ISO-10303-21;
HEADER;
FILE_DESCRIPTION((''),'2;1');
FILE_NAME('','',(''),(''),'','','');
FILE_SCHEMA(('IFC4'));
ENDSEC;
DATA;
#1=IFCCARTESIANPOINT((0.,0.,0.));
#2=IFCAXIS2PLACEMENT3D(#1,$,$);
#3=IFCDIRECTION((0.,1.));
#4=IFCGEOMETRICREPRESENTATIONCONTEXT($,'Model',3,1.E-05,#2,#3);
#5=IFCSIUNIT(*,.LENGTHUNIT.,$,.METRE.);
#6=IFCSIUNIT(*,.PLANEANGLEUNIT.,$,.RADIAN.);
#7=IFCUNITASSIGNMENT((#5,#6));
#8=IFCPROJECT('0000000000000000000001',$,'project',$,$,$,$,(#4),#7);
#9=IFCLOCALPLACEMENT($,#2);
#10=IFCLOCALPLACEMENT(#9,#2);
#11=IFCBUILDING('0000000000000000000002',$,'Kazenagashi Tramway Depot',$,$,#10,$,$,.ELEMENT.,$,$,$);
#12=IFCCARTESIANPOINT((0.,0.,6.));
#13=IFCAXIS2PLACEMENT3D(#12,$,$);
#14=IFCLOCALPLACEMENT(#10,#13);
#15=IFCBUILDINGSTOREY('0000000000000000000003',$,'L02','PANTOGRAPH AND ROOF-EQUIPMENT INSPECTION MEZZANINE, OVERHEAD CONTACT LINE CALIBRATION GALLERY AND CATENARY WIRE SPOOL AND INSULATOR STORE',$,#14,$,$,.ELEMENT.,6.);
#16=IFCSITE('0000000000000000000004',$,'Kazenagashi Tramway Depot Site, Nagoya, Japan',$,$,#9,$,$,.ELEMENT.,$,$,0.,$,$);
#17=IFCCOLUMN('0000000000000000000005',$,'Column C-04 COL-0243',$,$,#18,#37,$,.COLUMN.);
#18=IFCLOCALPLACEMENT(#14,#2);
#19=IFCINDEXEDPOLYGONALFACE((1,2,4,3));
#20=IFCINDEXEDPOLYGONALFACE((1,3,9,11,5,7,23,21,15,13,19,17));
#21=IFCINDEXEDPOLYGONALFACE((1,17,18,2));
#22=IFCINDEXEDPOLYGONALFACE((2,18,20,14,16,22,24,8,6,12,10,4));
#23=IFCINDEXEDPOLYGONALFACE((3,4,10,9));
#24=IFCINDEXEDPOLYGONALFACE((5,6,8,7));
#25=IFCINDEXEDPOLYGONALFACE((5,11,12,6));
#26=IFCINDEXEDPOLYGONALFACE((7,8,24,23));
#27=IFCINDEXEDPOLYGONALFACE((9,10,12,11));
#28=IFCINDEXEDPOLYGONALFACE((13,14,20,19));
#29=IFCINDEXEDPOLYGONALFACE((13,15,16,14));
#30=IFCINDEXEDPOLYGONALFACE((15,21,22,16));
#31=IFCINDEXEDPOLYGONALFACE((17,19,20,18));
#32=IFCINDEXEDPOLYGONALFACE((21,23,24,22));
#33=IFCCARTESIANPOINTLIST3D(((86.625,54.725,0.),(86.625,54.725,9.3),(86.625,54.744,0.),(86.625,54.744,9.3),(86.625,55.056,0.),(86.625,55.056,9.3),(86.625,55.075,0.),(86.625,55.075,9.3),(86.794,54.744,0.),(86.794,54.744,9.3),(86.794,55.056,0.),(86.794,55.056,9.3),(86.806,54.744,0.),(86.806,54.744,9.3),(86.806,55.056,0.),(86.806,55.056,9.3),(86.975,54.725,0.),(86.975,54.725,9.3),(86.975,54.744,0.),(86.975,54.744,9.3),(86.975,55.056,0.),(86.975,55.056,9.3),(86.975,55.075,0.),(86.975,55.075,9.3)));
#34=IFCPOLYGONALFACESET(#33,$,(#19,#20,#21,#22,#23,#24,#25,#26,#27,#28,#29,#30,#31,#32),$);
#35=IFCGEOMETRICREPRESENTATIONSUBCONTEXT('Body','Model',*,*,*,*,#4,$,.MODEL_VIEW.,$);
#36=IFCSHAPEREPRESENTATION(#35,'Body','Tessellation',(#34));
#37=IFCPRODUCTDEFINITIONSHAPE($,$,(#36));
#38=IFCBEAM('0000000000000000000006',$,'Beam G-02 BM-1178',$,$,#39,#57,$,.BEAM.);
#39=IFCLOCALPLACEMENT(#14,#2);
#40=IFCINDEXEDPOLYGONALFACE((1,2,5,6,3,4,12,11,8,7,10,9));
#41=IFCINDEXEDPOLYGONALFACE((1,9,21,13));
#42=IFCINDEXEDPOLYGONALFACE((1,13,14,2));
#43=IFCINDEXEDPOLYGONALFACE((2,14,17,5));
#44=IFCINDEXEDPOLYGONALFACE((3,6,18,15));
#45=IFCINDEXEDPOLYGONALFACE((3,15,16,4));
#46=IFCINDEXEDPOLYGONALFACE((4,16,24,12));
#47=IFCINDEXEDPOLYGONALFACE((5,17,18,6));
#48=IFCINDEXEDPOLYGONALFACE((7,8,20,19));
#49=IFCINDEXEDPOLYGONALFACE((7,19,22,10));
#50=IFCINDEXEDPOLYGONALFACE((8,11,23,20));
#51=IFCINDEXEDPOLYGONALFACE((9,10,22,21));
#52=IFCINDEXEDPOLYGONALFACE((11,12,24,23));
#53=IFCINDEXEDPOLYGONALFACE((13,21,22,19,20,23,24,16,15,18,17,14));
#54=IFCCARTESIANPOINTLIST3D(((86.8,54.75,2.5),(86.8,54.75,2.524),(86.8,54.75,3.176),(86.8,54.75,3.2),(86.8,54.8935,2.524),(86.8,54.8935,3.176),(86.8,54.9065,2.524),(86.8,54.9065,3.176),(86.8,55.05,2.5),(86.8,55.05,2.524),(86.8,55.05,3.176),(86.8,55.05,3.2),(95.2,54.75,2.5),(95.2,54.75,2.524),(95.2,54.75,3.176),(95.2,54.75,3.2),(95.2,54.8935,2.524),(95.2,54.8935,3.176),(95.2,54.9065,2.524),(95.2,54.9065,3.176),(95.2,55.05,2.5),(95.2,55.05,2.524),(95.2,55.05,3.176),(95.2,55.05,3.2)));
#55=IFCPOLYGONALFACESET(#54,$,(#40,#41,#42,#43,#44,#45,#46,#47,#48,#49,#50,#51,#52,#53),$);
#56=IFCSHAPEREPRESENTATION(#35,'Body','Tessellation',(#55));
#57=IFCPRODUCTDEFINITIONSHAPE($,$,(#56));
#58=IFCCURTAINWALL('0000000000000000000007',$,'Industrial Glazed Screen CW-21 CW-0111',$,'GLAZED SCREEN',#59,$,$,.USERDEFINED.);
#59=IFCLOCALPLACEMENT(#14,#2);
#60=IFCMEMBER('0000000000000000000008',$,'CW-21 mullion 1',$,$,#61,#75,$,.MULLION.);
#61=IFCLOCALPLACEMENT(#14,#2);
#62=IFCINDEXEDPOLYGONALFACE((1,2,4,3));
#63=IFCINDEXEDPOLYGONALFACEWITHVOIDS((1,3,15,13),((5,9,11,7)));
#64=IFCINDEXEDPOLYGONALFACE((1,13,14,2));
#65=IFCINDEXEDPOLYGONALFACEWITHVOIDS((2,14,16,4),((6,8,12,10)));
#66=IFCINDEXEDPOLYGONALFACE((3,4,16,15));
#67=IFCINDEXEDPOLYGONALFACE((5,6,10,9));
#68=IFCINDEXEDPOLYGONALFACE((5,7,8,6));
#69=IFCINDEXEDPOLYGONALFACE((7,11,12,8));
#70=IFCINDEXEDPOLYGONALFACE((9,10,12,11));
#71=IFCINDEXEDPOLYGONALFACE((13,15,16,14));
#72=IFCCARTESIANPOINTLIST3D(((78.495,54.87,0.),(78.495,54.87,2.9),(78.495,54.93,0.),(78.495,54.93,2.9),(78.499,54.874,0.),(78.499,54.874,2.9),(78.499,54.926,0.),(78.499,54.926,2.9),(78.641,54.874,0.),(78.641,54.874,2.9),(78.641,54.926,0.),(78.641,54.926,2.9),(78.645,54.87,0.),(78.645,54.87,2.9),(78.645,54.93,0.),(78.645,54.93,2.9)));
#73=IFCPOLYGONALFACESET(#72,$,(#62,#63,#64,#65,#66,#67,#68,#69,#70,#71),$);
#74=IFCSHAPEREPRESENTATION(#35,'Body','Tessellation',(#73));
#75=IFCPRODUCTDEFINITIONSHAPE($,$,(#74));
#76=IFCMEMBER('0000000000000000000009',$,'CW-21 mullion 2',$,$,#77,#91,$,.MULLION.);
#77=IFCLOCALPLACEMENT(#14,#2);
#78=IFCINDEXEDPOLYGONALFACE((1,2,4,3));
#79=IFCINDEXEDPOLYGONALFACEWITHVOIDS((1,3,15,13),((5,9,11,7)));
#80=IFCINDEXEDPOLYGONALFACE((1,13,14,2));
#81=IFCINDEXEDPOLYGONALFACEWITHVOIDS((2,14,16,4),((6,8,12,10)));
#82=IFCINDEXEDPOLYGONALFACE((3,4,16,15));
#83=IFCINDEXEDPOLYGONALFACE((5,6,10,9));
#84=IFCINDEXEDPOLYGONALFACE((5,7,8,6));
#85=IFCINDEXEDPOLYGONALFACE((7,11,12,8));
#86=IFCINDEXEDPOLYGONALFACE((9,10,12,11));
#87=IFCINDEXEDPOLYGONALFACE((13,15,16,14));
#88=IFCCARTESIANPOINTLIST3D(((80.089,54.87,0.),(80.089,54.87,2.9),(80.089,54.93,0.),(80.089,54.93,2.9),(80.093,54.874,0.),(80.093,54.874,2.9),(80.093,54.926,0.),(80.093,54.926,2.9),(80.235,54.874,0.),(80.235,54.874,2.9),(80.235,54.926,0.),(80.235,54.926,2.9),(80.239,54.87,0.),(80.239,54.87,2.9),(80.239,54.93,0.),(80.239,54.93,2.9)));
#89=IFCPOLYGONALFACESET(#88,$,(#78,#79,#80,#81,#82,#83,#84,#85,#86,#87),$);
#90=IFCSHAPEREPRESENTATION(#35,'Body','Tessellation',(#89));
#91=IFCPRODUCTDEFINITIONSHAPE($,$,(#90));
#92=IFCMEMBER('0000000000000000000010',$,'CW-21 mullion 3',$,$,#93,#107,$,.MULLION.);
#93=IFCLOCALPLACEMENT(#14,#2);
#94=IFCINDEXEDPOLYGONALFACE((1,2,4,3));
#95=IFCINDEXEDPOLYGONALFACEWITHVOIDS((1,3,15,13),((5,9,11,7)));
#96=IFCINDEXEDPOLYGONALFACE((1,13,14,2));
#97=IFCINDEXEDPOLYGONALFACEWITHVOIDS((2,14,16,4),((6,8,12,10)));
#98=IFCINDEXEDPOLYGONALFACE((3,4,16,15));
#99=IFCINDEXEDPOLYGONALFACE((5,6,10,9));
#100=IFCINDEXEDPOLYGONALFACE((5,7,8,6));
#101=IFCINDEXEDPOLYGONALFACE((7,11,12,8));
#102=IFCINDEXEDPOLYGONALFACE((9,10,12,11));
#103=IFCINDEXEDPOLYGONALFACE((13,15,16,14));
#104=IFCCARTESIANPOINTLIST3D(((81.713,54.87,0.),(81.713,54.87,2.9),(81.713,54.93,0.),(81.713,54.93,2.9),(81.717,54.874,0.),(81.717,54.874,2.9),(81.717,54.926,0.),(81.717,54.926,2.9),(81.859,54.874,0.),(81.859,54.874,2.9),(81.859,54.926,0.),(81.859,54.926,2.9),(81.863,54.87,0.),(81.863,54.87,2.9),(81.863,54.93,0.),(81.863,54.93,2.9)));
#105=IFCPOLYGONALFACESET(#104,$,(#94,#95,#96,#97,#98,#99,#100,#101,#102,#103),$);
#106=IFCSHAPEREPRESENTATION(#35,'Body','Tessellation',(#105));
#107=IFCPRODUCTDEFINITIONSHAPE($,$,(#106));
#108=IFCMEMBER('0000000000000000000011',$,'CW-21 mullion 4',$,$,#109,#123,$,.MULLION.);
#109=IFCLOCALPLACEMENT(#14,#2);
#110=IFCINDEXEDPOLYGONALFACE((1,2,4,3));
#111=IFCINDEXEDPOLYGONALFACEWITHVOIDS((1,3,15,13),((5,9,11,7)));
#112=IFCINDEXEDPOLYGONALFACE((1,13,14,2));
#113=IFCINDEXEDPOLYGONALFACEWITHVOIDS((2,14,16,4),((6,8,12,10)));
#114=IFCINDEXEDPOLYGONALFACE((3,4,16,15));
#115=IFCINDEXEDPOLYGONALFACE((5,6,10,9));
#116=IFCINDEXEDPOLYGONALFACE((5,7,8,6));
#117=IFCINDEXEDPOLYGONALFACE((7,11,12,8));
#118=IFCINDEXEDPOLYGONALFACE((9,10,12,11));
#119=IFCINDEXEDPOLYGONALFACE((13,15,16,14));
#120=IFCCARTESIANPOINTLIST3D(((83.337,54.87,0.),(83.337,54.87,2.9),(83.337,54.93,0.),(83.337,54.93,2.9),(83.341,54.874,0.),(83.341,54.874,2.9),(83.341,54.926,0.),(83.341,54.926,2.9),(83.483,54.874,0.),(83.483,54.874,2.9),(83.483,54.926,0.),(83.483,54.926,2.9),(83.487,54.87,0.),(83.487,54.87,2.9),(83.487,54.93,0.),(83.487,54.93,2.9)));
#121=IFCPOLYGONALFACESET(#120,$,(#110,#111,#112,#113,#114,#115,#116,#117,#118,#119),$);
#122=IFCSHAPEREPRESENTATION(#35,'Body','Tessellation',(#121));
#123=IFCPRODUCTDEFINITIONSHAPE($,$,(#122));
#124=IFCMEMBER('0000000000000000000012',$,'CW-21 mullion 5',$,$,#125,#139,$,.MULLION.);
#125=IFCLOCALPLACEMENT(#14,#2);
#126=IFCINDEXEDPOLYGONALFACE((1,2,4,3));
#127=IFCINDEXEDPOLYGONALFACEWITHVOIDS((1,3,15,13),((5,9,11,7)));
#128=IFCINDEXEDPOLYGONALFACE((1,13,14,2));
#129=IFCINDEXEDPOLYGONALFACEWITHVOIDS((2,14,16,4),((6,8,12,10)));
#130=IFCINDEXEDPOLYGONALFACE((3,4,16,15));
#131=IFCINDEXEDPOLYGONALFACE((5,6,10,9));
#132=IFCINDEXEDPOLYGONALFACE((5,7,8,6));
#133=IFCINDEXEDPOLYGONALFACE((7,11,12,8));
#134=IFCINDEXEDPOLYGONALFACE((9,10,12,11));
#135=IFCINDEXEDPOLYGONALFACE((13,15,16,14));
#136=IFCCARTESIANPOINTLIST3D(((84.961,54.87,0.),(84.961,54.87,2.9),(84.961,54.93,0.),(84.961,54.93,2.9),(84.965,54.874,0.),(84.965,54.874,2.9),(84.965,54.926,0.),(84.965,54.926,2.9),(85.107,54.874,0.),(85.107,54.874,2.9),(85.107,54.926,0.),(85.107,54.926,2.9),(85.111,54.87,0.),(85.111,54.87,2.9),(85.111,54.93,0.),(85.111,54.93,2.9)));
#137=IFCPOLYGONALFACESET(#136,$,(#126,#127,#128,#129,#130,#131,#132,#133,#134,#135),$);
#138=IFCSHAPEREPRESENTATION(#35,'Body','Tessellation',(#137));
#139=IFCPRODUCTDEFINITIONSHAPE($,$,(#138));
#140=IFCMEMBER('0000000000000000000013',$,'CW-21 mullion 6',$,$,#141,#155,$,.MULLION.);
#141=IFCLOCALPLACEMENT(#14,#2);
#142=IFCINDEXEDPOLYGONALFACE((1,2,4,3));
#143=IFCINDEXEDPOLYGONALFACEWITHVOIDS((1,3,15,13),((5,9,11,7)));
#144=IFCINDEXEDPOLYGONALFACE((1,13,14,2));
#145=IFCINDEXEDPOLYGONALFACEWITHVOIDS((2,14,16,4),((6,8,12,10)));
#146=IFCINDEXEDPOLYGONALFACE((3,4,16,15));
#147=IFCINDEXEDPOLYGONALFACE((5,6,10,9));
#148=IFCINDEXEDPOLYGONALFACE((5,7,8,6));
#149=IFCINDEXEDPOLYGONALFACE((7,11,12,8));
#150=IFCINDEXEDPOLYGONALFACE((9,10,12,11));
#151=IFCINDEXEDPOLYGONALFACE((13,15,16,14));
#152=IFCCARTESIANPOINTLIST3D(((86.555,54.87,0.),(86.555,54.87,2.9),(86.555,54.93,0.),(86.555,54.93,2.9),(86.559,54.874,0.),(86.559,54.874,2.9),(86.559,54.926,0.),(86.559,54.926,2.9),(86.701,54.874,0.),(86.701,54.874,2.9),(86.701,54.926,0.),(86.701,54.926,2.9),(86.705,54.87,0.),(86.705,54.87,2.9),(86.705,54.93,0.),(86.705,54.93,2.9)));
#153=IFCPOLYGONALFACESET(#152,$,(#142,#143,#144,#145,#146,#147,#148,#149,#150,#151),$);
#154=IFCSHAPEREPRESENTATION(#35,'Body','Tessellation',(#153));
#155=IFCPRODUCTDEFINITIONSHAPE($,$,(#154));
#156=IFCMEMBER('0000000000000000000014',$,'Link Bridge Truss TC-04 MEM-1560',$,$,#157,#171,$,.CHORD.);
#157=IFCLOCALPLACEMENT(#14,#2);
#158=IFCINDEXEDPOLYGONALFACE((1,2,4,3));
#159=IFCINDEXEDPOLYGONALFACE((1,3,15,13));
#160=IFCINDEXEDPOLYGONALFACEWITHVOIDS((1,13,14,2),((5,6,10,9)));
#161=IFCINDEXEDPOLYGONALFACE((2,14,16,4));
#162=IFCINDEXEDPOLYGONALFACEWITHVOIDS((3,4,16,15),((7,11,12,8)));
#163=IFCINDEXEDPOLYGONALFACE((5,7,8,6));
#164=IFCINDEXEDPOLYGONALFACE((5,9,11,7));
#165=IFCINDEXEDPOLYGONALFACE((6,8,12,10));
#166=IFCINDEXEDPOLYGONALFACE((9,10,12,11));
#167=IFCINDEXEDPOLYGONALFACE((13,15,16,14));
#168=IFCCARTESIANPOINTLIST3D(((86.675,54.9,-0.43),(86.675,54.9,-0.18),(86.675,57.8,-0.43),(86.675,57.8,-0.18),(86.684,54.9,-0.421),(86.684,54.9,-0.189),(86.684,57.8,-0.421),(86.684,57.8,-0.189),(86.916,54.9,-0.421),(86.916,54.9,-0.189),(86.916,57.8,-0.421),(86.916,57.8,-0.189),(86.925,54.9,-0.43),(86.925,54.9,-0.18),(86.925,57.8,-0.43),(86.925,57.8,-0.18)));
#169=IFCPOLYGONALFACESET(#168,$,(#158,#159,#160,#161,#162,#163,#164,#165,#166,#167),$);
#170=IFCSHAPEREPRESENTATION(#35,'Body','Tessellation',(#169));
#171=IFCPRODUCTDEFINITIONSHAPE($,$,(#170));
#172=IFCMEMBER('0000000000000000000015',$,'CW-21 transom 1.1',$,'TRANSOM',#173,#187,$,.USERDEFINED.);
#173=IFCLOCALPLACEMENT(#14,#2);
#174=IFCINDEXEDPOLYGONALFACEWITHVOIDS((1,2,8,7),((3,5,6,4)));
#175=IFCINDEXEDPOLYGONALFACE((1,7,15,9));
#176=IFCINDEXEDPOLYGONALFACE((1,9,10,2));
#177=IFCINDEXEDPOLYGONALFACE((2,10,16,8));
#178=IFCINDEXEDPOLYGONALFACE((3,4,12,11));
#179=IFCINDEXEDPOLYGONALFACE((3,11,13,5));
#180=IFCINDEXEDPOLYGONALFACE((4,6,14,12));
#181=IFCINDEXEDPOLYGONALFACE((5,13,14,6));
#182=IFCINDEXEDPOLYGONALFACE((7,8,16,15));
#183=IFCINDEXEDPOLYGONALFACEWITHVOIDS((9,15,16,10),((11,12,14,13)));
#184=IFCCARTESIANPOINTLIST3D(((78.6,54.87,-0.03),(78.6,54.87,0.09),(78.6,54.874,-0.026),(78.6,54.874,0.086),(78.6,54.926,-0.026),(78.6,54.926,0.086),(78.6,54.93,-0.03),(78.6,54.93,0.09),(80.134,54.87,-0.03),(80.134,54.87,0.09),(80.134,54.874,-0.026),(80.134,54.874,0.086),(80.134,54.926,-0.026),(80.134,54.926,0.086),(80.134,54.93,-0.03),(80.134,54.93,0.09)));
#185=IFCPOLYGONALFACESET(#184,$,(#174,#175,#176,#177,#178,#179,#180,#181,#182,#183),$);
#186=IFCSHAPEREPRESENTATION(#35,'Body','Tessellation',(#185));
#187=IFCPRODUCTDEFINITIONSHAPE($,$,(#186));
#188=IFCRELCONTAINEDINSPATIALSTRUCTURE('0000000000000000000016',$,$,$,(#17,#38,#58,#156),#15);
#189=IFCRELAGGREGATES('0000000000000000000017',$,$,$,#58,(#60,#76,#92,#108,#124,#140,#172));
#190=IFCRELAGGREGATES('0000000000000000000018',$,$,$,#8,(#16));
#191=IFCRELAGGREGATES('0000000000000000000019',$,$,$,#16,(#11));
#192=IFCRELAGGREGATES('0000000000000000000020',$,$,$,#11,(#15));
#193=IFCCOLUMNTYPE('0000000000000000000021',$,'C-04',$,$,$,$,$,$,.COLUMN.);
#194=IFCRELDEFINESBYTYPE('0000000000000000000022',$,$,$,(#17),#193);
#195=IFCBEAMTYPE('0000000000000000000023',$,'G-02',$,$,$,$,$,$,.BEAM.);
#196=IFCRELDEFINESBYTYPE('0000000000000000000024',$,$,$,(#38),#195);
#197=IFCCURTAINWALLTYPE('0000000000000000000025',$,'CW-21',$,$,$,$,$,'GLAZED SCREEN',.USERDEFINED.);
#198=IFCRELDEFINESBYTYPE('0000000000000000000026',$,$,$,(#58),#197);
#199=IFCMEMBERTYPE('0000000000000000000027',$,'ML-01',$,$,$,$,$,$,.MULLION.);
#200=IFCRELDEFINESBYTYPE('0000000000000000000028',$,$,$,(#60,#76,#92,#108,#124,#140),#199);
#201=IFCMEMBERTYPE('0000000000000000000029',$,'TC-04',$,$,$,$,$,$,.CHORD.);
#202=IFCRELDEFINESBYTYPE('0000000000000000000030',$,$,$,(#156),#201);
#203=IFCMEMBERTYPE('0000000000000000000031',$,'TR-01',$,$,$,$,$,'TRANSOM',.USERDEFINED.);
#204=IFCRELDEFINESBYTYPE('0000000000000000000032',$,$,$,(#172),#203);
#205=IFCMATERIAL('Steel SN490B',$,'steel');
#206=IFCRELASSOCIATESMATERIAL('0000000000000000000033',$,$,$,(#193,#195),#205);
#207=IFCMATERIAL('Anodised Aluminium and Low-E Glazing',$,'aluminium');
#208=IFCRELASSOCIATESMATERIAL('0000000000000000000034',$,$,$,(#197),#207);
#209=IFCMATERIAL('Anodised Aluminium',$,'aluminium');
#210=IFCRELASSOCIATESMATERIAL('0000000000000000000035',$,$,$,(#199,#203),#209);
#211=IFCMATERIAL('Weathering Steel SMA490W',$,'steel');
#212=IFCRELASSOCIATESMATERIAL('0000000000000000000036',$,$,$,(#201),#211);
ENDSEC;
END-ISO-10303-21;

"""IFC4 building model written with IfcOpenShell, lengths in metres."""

from ifc_helpers import new_model, si_unit, direction, frame, origin, origin_2d, place, context, subcontext, project, spatial, hollow_rectangle, i_section, extrude, material, material_profile, profile_set, type_object, element, aggregate, save


model = new_model("IFC4")

# Units and contexts
model_context = context("Model", 3, precision=1e-05, world=origin(), true_north=direction((0.0, 1.0)))
body_context = subcontext(model_context, "Body", "Model", "MODEL_VIEW")
ifc_project = project(units=[si_unit("LENGTHUNIT", "METRE"), si_unit("PLANEANGLEUNIT", "RADIAN")], contexts=[model_context])

# Site, building, storey
site_placement = place(None, origin())
site = spatial("IfcSite", under=ifc_project, at=site_placement, Name="Kazenagashi Tramway Depot Site, Nagoya, Japan", CompositionType="ELEMENT", RefElevation=0.0)
building_placement = place(site_placement, origin())
building = spatial("IfcBuilding", under=site, at=building_placement, Name="Kazenagashi Tramway Depot", CompositionType="ELEMENT")
storey_placement = place(building_placement, frame((0.0, 0.0, 6.0)))
storey = spatial("IfcBuildingStorey", under=building, at=storey_placement, Name="L02", Description="PANTOGRAPH AND ROOF-EQUIPMENT INSPECTION MEZZANINE, OVERHEAD CONTACT LINE CALIBRATION GALLERY AND CATENARY WIRE SPOOL AND INSULATOR STORE", CompositionType="ELEMENT", Elevation=6.0)

# Column
ifc_material_1 = material(Name="Steel SN490B", Category="steel")
ifc_material_profile_1 = material_profile(ifc_material_1, i_section(OverallWidth=0.35, OverallDepth=0.35, WebThickness=0.012, FlangeThickness=0.019, at=origin_2d()), Name="H-350x350x12x19")
ifc_profile_set_1 = profile_set([ifc_material_profile_1], Name="Steel SN490B")
column_type = type_object("IfcColumnType", Name="C-04", PredefinedType="COLUMN", material=ifc_profile_set_1)
column_placement = place(storey_placement, frame((86.8, 54.9, 0.0), z_axis=(0.0, 0.0, 1.0), x_axis=(1.0, 0.0, 0.0)))
element("IfcColumn", 1, at=column_placement, inside=storey, type_object=column_type, Name="Column C-04 COL-0243", PredefinedType="COLUMN", context=body_context, shape_type="SweptSolid", body=[
    extrude(i_section(OverallWidth=0.35, OverallDepth=0.35, WebThickness=0.012, FlangeThickness=0.019, at=origin_2d()), origin(), (0.0, 0.0, 1.0), 9.3),
])

# Beam
ifc_material_profile_2 = material_profile(ifc_material_1, i_section(OverallWidth=0.3, OverallDepth=0.7, WebThickness=0.013, FlangeThickness=0.024, at=origin_2d()), Name="H-700x300x13x24")
ifc_profile_set_2 = profile_set([ifc_material_profile_2], Name="Steel SN490B")
beam_type = type_object("IfcBeamType", Name="G-02", PredefinedType="BEAM", material=ifc_profile_set_2)
beam_placement = place(storey_placement, frame((86.8, 54.9, 2.85), z_axis=(1.0, 0.0, 0.0), x_axis=(0.0, 1.0, 0.0)))
element("IfcBeam", 2, at=beam_placement, inside=storey, type_object=beam_type, Name="Beam G-02 BM-1178", PredefinedType="BEAM", context=body_context, shape_type="SweptSolid", body=[
    extrude(i_section(OverallWidth=0.3, OverallDepth=0.7, WebThickness=0.013, FlangeThickness=0.024, at=origin_2d()), origin(), (0.0, 0.0, 1.0), 8.4),
])

# Curtain wall, members
ifc_material_2 = material(Name="Anodised Aluminium and Low-E Glazing", Category="aluminium")
curtain_wall_type = type_object("IfcCurtainWallType", Name="CW-21", ElementType="GLAZED SCREEN", PredefinedType="USERDEFINED", material=ifc_material_2)
curtain_wall_placement = place(storey_placement, origin())
curtain_wall = element("IfcCurtainWall", 3, at=curtain_wall_placement, inside=storey, type_object=curtain_wall_type, Name="Industrial Glazed Screen CW-21 CW-0111", ObjectType="GLAZED SCREEN", PredefinedType="USERDEFINED")
ifc_material_3 = material(Name="Anodised Aluminium", Category="aluminium")
ifc_material_profile_3 = material_profile(ifc_material_3, hollow_rectangle(XDim=0.06, YDim=0.15, WallThickness=0.004, at=origin_2d()), Name="RHS-150x60x4")
ifc_profile_set_3 = profile_set([ifc_material_profile_3], Name="Anodised Aluminium")
member_type_1 = type_object("IfcMemberType", Name="ML-01", PredefinedType="MULLION", material=ifc_profile_set_3)
member_1_placement = place(storey_placement, frame((78.57, 54.9, 0.0), z_axis=(0.0, 0.0, 1.0), x_axis=(0.0, 1.0, 0.0)))
member_1 = element("IfcMember", 4, at=member_1_placement, type_object=member_type_1, Name="CW-21 mullion 1", PredefinedType="MULLION", context=body_context, shape_type="SweptSolid", body=[
    extrude(hollow_rectangle(XDim=0.06, YDim=0.15, WallThickness=0.004, at=origin_2d()), origin(), (0.0, 0.0, 1.0), 2.9),
])
member_2_placement = place(storey_placement, frame((80.164, 54.9, 0.0), z_axis=(0.0, 0.0, 1.0), x_axis=(0.0, 1.0, 0.0)))
member_2 = element("IfcMember", 5, at=member_2_placement, type_object=member_type_1, Name="CW-21 mullion 2", PredefinedType="MULLION", context=body_context, shape_type="SweptSolid", body=[
    extrude(hollow_rectangle(XDim=0.06, YDim=0.15, WallThickness=0.004, at=origin_2d()), origin(), (0.0, 0.0, 1.0), 2.9),
])
member_3_placement = place(storey_placement, frame((81.788, 54.9, 0.0), z_axis=(0.0, 0.0, 1.0), x_axis=(0.0, 1.0, 0.0)))
member_3 = element("IfcMember", 6, at=member_3_placement, type_object=member_type_1, Name="CW-21 mullion 3", PredefinedType="MULLION", context=body_context, shape_type="SweptSolid", body=[
    extrude(hollow_rectangle(XDim=0.06, YDim=0.15, WallThickness=0.004, at=origin_2d()), origin(), (0.0, 0.0, 1.0), 2.9),
])
member_4_placement = place(storey_placement, frame((83.412, 54.9, 0.0), z_axis=(0.0, 0.0, 1.0), x_axis=(0.0, 1.0, 0.0)))
member_4 = element("IfcMember", 7, at=member_4_placement, type_object=member_type_1, Name="CW-21 mullion 4", PredefinedType="MULLION", context=body_context, shape_type="SweptSolid", body=[
    extrude(hollow_rectangle(XDim=0.06, YDim=0.15, WallThickness=0.004, at=origin_2d()), origin(), (0.0, 0.0, 1.0), 2.9),
])
member_5_placement = place(storey_placement, frame((85.036, 54.9, 0.0), z_axis=(0.0, 0.0, 1.0), x_axis=(0.0, 1.0, 0.0)))
member_5 = element("IfcMember", 8, at=member_5_placement, type_object=member_type_1, Name="CW-21 mullion 5", PredefinedType="MULLION", context=body_context, shape_type="SweptSolid", body=[
    extrude(hollow_rectangle(XDim=0.06, YDim=0.15, WallThickness=0.004, at=origin_2d()), origin(), (0.0, 0.0, 1.0), 2.9),
])
member_6_placement = place(storey_placement, frame((86.63, 54.9, 0.0), z_axis=(0.0, 0.0, 1.0), x_axis=(0.0, 1.0, 0.0)))
member_6 = element("IfcMember", 9, at=member_6_placement, type_object=member_type_1, Name="CW-21 mullion 6", PredefinedType="MULLION", context=body_context, shape_type="SweptSolid", body=[
    extrude(hollow_rectangle(XDim=0.06, YDim=0.15, WallThickness=0.004, at=origin_2d()), origin(), (0.0, 0.0, 1.0), 2.9),
])

# Members
ifc_material_4 = material(Name="Weathering Steel SMA490W", Category="steel")
ifc_material_profile_4 = material_profile(ifc_material_4, hollow_rectangle(XDim=0.25, YDim=0.25, WallThickness=0.009, at=origin_2d()), Name="SHS-250x250x9")
ifc_profile_set_4 = profile_set([ifc_material_profile_4], Name="Weathering Steel SMA490W")
member_type_2 = type_object("IfcMemberType", Name="TC-04", PredefinedType="CHORD", material=ifc_profile_set_4)
member_7_placement = place(storey_placement, frame((86.8, 54.9, -0.305), z_axis=(0.0, 1.0, 0.0), x_axis=(-1.0, 0.0, 0.0)))
element("IfcMember", 10, at=member_7_placement, inside=storey, type_object=member_type_2, Name="Link Bridge Truss TC-04 MEM-1560", PredefinedType="CHORD", context=body_context, shape_type="SweptSolid", body=[
    extrude(hollow_rectangle(XDim=0.25, YDim=0.25, WallThickness=0.009, at=origin_2d()), origin(), (0.0, 0.0, 1.0), 2.9),
])
ifc_material_profile_5 = material_profile(ifc_material_3, hollow_rectangle(XDim=0.06, YDim=0.12, WallThickness=0.004, at=origin_2d()), Name="RHS-120x60x4")
ifc_profile_set_5 = profile_set([ifc_material_profile_5], Name="Anodised Aluminium")
member_type_3 = type_object("IfcMemberType", Name="TR-01", ElementType="TRANSOM", PredefinedType="USERDEFINED", material=ifc_profile_set_5)
member_8_placement = place(storey_placement, frame((78.6, 54.9, 0.03), z_axis=(1.0, 0.0, 0.0), x_axis=(0.0, 1.0, 0.0)))
member_8 = element("IfcMember", 11, at=member_8_placement, type_object=member_type_3, Name="CW-21 transom 1.1", ObjectType="TRANSOM", PredefinedType="USERDEFINED", context=body_context, shape_type="SweptSolid", body=[
    extrude(hollow_rectangle(XDim=0.06, YDim=0.12, WallThickness=0.004, at=origin_2d()), origin(), (0.0, 0.0, 1.0), 1.534),
])

aggregate(curtain_wall, [member_1, member_2, member_3, member_4, member_5, member_6, member_8])

save(model, "model.ifc")
